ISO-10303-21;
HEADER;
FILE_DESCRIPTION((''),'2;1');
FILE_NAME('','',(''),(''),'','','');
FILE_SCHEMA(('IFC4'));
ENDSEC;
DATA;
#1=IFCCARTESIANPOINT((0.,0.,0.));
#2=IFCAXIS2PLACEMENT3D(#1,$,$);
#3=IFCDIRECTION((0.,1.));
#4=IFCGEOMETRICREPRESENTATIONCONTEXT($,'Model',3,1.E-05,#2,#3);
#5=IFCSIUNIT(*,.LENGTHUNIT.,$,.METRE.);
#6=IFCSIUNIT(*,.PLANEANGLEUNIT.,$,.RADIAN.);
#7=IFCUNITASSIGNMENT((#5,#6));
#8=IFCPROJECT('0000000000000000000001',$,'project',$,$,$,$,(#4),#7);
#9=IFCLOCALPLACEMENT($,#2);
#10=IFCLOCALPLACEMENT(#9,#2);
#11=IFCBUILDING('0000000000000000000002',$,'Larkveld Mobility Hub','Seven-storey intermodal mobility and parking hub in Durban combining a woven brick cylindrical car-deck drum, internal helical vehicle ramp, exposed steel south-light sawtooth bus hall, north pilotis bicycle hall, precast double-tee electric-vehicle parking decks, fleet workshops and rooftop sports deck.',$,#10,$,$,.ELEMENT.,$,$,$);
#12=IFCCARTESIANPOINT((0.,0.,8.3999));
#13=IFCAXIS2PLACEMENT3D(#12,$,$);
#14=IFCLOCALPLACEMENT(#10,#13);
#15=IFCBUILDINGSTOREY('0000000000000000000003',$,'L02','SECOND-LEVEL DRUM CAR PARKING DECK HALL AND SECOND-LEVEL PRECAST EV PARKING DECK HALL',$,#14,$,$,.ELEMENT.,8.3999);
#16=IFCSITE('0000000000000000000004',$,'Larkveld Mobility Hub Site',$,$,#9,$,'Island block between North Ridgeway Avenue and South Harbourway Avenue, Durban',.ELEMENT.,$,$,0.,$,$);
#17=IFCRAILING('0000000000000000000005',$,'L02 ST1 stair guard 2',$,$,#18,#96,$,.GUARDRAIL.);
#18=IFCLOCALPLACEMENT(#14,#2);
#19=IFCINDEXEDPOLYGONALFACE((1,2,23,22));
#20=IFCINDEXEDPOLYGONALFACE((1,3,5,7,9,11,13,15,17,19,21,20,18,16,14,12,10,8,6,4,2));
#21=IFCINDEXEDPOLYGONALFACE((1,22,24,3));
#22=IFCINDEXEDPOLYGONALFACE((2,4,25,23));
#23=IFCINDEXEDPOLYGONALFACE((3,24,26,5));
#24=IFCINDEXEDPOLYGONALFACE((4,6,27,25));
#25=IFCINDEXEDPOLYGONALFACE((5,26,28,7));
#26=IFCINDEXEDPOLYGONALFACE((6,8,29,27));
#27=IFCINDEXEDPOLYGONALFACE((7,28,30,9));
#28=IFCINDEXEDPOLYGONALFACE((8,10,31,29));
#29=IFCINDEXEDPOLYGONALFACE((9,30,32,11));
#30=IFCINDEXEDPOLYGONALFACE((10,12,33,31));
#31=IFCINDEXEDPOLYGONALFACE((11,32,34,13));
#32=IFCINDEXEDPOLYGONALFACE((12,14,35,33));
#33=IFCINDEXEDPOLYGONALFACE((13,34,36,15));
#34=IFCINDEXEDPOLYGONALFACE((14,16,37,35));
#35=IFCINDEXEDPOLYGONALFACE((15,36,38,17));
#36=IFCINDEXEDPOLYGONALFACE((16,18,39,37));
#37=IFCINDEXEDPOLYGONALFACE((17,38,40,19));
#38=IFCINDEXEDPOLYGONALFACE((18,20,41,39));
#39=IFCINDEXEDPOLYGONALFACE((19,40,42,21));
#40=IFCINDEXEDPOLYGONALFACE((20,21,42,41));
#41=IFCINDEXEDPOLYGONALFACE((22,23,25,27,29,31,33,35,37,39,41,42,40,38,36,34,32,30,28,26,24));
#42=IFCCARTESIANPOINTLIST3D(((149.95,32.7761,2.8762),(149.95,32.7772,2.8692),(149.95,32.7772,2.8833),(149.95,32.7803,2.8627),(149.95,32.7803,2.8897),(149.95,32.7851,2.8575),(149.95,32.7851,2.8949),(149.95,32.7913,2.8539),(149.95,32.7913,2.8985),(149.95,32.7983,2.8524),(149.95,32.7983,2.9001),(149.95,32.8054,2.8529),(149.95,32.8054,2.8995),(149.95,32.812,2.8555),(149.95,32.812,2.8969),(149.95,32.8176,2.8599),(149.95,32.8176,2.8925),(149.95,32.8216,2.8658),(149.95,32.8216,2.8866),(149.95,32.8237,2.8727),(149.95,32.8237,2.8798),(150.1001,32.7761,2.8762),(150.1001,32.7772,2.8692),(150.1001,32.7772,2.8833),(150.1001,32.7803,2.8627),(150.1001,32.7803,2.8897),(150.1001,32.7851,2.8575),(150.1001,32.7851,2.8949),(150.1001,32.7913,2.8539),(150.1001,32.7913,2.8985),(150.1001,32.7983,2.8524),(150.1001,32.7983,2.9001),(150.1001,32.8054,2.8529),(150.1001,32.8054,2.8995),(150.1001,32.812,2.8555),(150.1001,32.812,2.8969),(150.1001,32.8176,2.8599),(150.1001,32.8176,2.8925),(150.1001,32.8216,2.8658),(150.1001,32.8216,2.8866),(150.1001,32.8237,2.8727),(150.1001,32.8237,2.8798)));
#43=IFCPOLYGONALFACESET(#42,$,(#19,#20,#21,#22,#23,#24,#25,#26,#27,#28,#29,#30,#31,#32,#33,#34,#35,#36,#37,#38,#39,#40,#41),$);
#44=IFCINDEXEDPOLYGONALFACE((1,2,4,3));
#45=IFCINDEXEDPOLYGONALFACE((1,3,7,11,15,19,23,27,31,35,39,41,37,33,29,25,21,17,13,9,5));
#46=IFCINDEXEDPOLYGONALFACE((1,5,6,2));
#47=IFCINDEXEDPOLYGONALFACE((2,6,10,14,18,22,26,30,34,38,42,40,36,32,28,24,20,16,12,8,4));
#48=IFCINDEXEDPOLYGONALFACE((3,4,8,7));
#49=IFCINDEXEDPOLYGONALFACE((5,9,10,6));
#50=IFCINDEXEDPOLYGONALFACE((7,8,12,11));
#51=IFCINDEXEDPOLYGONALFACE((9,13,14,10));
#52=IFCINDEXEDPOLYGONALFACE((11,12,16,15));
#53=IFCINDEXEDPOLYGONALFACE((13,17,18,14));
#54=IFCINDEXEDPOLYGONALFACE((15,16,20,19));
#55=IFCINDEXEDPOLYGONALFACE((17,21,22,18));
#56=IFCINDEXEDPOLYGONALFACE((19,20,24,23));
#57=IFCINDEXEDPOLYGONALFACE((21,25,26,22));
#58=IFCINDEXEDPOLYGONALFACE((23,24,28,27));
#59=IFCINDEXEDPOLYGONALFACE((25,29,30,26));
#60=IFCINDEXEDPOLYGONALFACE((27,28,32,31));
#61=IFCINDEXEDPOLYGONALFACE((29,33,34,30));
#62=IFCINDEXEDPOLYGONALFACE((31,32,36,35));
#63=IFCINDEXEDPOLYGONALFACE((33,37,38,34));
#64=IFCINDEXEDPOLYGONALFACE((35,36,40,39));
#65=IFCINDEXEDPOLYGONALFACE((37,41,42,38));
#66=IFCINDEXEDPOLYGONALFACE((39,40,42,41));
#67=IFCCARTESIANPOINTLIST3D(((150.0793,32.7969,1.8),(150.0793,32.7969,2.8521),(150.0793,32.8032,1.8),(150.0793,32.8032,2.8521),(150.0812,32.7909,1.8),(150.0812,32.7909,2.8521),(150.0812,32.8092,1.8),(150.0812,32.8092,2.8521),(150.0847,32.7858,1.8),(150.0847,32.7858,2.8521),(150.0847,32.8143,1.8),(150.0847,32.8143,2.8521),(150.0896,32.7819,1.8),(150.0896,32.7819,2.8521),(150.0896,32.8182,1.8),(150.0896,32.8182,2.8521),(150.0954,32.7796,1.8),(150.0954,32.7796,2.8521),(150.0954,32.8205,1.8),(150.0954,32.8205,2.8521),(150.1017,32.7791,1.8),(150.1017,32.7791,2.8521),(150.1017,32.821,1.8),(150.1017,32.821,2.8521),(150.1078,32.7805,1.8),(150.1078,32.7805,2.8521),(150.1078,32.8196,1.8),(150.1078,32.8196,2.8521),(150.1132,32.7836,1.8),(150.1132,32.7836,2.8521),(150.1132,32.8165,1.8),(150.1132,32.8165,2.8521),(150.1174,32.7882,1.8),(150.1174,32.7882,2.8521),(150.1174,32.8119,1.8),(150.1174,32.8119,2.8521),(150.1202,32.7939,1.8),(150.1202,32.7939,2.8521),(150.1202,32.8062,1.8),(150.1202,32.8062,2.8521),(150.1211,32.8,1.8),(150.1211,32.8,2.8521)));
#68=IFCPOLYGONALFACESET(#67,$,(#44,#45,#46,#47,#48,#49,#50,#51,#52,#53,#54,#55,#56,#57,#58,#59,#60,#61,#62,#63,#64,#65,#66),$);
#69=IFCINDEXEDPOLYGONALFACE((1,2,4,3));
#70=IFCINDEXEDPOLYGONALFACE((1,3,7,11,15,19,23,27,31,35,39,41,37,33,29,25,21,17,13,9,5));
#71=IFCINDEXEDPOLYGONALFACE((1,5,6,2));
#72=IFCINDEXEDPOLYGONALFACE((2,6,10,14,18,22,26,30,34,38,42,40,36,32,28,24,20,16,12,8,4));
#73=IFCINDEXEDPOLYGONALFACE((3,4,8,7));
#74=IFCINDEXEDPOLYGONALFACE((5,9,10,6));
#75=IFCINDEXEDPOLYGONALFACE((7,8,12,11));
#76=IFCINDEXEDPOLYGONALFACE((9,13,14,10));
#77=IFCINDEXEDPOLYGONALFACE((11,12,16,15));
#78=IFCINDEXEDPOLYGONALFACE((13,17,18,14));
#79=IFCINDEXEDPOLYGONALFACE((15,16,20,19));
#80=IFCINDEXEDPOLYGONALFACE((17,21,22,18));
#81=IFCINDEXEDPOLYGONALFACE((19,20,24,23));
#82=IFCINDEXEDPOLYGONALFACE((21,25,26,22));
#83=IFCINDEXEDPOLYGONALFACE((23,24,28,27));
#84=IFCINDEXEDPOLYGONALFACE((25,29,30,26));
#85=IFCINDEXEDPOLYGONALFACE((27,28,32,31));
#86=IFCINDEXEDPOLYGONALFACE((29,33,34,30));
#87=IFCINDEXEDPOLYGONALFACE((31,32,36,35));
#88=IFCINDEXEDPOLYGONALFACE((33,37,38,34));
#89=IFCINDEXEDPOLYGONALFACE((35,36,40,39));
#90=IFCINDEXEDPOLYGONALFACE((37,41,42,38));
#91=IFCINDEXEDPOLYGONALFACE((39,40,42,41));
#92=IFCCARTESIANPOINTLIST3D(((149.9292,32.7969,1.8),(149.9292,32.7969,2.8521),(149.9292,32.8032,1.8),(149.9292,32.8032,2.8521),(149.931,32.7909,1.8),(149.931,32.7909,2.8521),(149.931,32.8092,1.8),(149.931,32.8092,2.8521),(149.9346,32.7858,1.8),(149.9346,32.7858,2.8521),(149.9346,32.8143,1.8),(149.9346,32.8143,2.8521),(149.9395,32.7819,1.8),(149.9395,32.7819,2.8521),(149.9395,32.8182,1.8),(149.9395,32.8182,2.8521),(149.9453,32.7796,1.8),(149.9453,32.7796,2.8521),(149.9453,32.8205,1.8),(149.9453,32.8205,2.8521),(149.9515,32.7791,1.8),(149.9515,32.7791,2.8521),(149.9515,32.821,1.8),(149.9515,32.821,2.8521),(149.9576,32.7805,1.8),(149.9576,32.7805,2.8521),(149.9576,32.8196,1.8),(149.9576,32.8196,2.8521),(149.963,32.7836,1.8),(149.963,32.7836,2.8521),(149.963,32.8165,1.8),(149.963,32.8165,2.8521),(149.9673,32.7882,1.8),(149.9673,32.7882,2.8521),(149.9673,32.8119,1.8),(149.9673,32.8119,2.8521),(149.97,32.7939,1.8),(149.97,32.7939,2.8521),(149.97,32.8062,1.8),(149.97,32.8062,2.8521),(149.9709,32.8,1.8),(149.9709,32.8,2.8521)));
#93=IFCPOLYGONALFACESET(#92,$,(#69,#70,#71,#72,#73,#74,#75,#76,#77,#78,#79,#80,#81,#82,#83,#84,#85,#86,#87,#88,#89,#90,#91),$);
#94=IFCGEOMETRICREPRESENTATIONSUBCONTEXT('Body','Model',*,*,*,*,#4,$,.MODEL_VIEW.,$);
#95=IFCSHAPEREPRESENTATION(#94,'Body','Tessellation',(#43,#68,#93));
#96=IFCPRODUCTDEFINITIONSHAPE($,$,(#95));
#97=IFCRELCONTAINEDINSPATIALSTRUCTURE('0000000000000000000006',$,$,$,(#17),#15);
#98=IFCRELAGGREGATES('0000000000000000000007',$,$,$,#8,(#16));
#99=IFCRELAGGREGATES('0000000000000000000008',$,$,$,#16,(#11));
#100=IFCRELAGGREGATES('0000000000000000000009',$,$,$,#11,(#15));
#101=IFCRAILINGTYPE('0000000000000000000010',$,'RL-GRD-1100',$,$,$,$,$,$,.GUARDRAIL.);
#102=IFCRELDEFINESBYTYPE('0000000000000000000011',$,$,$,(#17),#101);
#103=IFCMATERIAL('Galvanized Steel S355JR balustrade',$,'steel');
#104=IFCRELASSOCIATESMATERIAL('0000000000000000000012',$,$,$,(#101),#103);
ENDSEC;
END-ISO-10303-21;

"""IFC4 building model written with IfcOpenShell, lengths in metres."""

from ifc_helpers import new_model, si_unit, direction, frame, origin, origin_2d, place, context, subcontext, project, spatial, circle, extrude, material, type_object, element, save


model = new_model("IFC4")

# Units and contexts
model_context = context("Model", 3, precision=1e-05, world=origin(), true_north=direction((0.0, 1.0)))
body_context = subcontext(model_context, "Body", "Model", "MODEL_VIEW")
ifc_project = project(units=[si_unit("LENGTHUNIT", "METRE"), si_unit("PLANEANGLEUNIT", "RADIAN")], contexts=[model_context])

# Site, building, storey
site_placement = place(None, origin())
site = spatial("IfcSite", under=ifc_project, at=site_placement, Name="Larkveld Mobility Hub Site", LongName="Island block between North Ridgeway Avenue and South Harbourway Avenue, Durban", CompositionType="ELEMENT", RefElevation=0.0)
building_placement = place(site_placement, origin())
building = spatial("IfcBuilding", under=site, at=building_placement, Name="Larkveld Mobility Hub", Description="Seven-storey intermodal mobility and parking hub in Durban combining a woven brick cylindrical car-deck drum, internal helical vehicle ramp, exposed steel south-light sawtooth bus hall, north pilotis bicycle hall, precast double-tee electric-vehicle parking decks, fleet workshops and rooftop sports deck.", CompositionType="ELEMENT")
storey_placement = place(building_placement, frame((0.0, 0.0, 8.3999)))
storey = spatial("IfcBuildingStorey", under=building, at=storey_placement, Name="L02", Description="SECOND-LEVEL DRUM CAR PARKING DECK HALL AND SECOND-LEVEL PRECAST EV PARKING DECK HALL", CompositionType="ELEMENT", Elevation=8.3999)

# Railing
ifc_material_1 = material(Name="Galvanized Steel S355JR balustrade", Category="steel")
railing_type = type_object("IfcRailingType", Name="RL-GRD-1100", PredefinedType="GUARDRAIL", material=ifc_material_1)
railing_1_placement = place(storey_placement, frame((150.1001, 32.8, 1.8)))
element("IfcRailing", 1, at=railing_1_placement, inside=storey, type_object=railing_type, Name="L02 ST1 stair guard 2", PredefinedType="GUARDRAIL", context=body_context, shape_type="SweptSolid", body=[
    extrude(circle(Radius=0.0239, at=origin_2d()), frame((0.0, 0.0, 1.0762), z_axis=(-1.0, 0.0, 0.0), x_axis=(0.0, -1.0, 0.0)), (0.0, 0.0, 1.0), 0.1501),
    extrude(circle(Radius=0.021, at=origin_2d()), origin(), (0.0, 0.0, 1.0), 1.052),
    extrude(circle(Radius=0.021, at=origin_2d()), frame((-0.1501, 0.0, 0.0)), (0.0, 0.0, 1.0), 1.052),
])

save(model, "model.ifc")
